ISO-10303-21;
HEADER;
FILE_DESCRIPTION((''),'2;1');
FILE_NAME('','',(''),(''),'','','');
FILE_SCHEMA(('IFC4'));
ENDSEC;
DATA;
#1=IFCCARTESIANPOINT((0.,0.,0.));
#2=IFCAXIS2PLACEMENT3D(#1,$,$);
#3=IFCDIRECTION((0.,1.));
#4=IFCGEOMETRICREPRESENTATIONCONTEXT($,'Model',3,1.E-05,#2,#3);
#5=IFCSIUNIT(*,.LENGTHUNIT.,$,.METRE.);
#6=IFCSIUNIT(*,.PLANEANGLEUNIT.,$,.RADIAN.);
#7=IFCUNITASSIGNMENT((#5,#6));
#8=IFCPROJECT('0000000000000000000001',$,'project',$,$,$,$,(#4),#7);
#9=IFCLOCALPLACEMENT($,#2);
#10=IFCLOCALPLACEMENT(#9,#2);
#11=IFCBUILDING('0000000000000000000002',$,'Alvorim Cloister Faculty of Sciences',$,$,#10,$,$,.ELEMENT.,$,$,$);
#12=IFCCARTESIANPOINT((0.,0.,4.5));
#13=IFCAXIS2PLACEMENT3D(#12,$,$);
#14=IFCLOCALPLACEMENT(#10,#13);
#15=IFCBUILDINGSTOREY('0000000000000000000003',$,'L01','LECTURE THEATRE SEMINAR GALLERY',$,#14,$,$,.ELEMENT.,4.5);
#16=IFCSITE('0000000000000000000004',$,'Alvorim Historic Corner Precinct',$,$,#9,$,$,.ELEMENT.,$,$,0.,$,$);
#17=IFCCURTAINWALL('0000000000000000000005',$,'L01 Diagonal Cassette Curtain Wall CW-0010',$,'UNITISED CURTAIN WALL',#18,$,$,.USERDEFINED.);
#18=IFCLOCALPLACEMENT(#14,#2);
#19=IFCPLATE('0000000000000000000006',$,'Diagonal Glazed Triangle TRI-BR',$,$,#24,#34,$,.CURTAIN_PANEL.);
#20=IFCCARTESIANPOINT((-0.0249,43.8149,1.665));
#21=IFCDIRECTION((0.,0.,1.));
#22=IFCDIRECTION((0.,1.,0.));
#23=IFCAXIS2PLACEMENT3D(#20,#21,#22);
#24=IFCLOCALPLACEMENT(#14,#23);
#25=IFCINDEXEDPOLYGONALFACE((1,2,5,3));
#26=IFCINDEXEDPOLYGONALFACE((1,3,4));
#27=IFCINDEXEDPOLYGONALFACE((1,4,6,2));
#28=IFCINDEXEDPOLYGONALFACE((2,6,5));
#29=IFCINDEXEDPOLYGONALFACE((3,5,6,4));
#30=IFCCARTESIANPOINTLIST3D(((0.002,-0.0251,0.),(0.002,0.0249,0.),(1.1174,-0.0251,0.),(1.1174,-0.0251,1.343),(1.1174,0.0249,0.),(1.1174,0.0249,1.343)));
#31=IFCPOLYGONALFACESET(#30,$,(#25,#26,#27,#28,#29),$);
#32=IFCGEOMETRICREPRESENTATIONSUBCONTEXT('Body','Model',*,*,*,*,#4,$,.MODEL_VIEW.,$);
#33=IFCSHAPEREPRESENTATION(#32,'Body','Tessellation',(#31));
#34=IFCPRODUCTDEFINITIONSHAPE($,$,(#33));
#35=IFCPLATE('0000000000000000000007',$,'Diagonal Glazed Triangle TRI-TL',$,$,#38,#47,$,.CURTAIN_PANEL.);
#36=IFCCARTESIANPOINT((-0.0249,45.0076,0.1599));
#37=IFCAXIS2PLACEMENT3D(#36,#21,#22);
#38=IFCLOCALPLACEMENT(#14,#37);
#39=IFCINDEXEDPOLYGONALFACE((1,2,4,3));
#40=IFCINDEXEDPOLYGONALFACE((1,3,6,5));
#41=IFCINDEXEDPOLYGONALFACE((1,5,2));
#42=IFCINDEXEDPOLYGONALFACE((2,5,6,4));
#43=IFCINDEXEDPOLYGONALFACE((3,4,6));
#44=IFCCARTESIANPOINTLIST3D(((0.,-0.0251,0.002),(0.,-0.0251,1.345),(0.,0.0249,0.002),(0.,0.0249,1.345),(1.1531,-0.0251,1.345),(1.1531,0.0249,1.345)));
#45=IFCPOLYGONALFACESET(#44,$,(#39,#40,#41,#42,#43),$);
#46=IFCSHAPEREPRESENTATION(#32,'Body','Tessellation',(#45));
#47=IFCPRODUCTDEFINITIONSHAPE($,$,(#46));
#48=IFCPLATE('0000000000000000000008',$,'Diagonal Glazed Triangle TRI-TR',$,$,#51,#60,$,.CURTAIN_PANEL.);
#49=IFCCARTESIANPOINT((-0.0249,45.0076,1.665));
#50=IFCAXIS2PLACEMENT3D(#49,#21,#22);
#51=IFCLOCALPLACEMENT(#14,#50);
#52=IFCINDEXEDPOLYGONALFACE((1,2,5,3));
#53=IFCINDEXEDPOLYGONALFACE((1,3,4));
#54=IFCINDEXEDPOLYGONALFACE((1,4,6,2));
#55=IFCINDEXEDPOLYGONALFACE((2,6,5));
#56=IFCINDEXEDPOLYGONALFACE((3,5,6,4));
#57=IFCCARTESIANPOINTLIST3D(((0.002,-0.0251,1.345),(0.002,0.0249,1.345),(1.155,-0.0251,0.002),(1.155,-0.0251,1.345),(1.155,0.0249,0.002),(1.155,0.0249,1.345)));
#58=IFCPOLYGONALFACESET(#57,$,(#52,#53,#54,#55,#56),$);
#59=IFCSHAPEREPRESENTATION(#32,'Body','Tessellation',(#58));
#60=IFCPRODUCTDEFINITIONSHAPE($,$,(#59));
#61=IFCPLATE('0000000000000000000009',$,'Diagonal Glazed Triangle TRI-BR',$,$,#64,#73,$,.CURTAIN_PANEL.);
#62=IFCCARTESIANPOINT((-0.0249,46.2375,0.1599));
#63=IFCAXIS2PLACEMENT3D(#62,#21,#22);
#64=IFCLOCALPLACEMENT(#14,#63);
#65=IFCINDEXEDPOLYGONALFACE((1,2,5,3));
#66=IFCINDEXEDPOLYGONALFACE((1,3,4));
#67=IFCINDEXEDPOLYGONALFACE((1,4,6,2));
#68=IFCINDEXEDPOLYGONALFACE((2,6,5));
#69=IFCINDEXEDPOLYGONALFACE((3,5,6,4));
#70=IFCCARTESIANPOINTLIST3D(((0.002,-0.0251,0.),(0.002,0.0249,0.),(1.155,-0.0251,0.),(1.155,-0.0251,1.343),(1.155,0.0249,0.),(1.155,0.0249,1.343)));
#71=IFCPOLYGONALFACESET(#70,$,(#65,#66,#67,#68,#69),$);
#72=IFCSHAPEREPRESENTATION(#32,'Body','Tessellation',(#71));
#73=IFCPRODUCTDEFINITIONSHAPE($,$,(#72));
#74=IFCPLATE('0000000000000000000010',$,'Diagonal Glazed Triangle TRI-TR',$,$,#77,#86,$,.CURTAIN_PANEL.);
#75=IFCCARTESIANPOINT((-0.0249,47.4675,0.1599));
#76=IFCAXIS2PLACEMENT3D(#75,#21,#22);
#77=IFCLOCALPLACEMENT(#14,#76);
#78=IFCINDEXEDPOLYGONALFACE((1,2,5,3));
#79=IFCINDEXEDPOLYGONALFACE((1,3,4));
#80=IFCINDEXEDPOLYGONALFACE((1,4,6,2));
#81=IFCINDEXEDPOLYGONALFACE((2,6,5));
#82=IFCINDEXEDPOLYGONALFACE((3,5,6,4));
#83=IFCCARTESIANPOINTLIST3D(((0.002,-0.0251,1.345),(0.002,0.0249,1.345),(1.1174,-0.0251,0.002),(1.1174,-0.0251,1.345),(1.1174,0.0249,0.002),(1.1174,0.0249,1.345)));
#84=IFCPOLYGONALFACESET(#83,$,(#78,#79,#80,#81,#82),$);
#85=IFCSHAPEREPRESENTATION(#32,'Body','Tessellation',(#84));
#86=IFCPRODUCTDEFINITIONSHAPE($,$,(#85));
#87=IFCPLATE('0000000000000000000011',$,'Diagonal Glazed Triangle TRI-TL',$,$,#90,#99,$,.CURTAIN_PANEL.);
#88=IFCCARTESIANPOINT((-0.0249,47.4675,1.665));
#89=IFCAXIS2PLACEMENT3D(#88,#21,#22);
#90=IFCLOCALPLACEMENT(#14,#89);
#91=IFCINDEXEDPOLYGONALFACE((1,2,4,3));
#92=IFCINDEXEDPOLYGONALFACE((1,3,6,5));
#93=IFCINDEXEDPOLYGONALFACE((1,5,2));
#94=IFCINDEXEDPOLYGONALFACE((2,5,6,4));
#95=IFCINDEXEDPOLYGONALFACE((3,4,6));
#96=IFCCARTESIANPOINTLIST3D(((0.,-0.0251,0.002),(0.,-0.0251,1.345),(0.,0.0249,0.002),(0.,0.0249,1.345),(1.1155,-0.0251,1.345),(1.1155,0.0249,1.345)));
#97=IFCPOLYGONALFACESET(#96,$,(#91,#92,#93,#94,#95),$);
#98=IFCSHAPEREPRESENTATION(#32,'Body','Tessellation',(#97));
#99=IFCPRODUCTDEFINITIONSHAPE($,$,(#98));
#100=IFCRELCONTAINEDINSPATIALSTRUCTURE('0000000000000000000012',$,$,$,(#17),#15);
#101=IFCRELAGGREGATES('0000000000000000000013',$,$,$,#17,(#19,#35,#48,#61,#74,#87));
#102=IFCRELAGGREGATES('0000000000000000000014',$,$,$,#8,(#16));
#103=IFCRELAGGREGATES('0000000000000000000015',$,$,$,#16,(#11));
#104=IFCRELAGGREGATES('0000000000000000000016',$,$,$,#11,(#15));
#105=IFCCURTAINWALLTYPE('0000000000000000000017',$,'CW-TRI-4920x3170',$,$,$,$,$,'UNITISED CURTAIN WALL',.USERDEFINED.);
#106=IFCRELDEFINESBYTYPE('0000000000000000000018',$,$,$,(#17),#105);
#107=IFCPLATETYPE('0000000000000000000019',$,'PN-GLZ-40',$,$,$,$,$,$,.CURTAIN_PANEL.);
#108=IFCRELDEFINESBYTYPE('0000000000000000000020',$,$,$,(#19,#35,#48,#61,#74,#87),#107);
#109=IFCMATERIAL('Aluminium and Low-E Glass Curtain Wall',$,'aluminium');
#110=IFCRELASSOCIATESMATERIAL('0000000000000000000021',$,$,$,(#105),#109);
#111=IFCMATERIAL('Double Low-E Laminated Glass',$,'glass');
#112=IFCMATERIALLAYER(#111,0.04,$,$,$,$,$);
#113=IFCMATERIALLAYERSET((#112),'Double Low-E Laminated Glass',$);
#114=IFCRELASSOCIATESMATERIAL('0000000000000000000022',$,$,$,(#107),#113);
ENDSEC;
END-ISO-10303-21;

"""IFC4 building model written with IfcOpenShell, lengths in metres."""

from ifc_helpers import new_model, si_unit, direction, frame, origin, place, context, subcontext, project, spatial, polyline, outline, extrude, material, layer, layer_set, type_object, element, aggregate, save


model = new_model("IFC4")

# Units and contexts
model_context = context("Model", 3, precision=1e-05, world=origin(), true_north=direction((0.0, 1.0)))
body_context = subcontext(model_context, "Body", "Model", "MODEL_VIEW")
ifc_project = project(units=[si_unit("LENGTHUNIT", "METRE"), si_unit("PLANEANGLEUNIT", "RADIAN")], contexts=[model_context])

# Site, building, storey
site_placement = place(None, origin())
site = spatial("IfcSite", under=ifc_project, at=site_placement, Name="Alvorim Historic Corner Precinct", CompositionType="ELEMENT", RefElevation=0.0)
building_placement = place(site_placement, origin())
building = spatial("IfcBuilding", under=site, at=building_placement, Name="Alvorim Cloister Faculty of Sciences", CompositionType="ELEMENT")
storey_placement = place(building_placement, frame((0.0, 0.0, 4.5)))
storey = spatial("IfcBuildingStorey", under=building, at=storey_placement, Name="L01", Description="LECTURE THEATRE SEMINAR GALLERY", CompositionType="ELEMENT", Elevation=4.5)

# Curtain wall, plates
ifc_material_1 = material(Name="Aluminium and Low-E Glass Curtain Wall", Category="aluminium")
curtain_wall_type = type_object("IfcCurtainWallType", Name="CW-TRI-4920x3170", ElementType="UNITISED CURTAIN WALL", PredefinedType="USERDEFINED", material=ifc_material_1)
curtain_wall_placement = place(storey_placement, origin())
curtain_wall = element("IfcCurtainWall", 1, at=curtain_wall_placement, inside=storey, type_object=curtain_wall_type, Name="L01 Diagonal Cassette Curtain Wall CW-0010", ObjectType="UNITISED CURTAIN WALL", PredefinedType="USERDEFINED")
ifc_material_2 = material(Name="Double Low-E Laminated Glass", Category="glass")
ifc_layer_1 = layer(ifc_material_2, 0.04)
ifc_layer_set_1 = layer_set([ifc_layer_1], Name="Double Low-E Laminated Glass")
plate_type = type_object("IfcPlateType", Name="PN-GLZ-40", PredefinedType="CURTAIN_PANEL", material=ifc_layer_set_1)
plate_1_placement = place(storey_placement, frame((-0.0249, 43.8149, 1.665), z_axis=(0.0, 0.0, 1.0), x_axis=(0.0, 1.0, 0.0)))
plate_1 = element("IfcPlate", 2, at=plate_1_placement, type_object=plate_type, Name="Diagonal Glazed Triangle TRI-BR", PredefinedType="CURTAIN_PANEL", context=body_context, shape_type="SweptSolid", body=[
    extrude(outline(polyline([(0.002, 0.0), (1.1174, 0.0), (1.1174, 1.343), (0.002, 0.0)])), frame((0.0, 0.0249, 0.0), z_axis=(0.0, -1.0, 0.0), x_axis=(1.0, 0.0, 0.0)), (0.0, 0.0, 1.0), 0.05),
])
plate_2_placement = place(storey_placement, frame((-0.0249, 45.0076, 0.1599), z_axis=(0.0, 0.0, 1.0), x_axis=(0.0, 1.0, 0.0)))
plate_2 = element("IfcPlate", 3, at=plate_2_placement, type_object=plate_type, Name="Diagonal Glazed Triangle TRI-TL", PredefinedType="CURTAIN_PANEL", context=body_context, shape_type="SweptSolid", body=[
    extrude(outline(polyline([(1.1531, 1.345), (0.0, 1.345), (0.0, 0.002), (1.1531, 1.345)])), frame((0.0, 0.0249, 0.0), z_axis=(0.0, -1.0, 0.0), x_axis=(1.0, 0.0, 0.0)), (0.0, 0.0, 1.0), 0.05),
])
plate_3_placement = place(storey_placement, frame((-0.0249, 45.0076, 1.665), z_axis=(0.0, 0.0, 1.0), x_axis=(0.0, 1.0, 0.0)))
plate_3 = element("IfcPlate", 4, at=plate_3_placement, type_object=plate_type, Name="Diagonal Glazed Triangle TRI-TR", PredefinedType="CURTAIN_PANEL", context=body_context, shape_type="SweptSolid", body=[
    extrude(outline(polyline([(1.155, 0.002), (1.155, 1.345), (0.002, 1.345), (1.155, 0.002)])), frame((0.0, 0.0249, 0.0), z_axis=(0.0, -1.0, 0.0), x_axis=(1.0, 0.0, 0.0)), (0.0, 0.0, 1.0), 0.05),
])
plate_4_placement = place(storey_placement, frame((-0.0249, 46.2375, 0.1599), z_axis=(0.0, 0.0, 1.0), x_axis=(0.0, 1.0, 0.0)))
plate_4 = element("IfcPlate", 5, at=plate_4_placement, type_object=plate_type, Name="Diagonal Glazed Triangle TRI-BR", PredefinedType="CURTAIN_PANEL", context=body_context, shape_type="SweptSolid", body=[
    extrude(outline(polyline([(0.002, 0.0), (1.155, 0.0), (1.155, 1.343), (0.002, 0.0)])), frame((0.0, 0.0249, 0.0), z_axis=(0.0, -1.0, 0.0), x_axis=(1.0, 0.0, 0.0)), (0.0, 0.0, 1.0), 0.05),
])
plate_5_placement = place(storey_placement, frame((-0.0249, 47.4675, 0.1599), z_axis=(0.0, 0.0, 1.0), x_axis=(0.0, 1.0, 0.0)))
plate_5 = element("IfcPlate", 6, at=plate_5_placement, type_object=plate_type, Name="Diagonal Glazed Triangle TRI-TR", PredefinedType="CURTAIN_PANEL", context=body_context, shape_type="SweptSolid", body=[
    extrude(outline(polyline([(1.1174, 0.002), (1.1174, 1.345), (0.002, 1.345), (1.1174, 0.002)])), frame((0.0, 0.0249, 0.0), z_axis=(0.0, -1.0, 0.0), x_axis=(1.0, 0.0, 0.0)), (0.0, 0.0, 1.0), 0.05),
])
plate_6_placement = place(storey_placement, frame((-0.0249, 47.4675, 1.665), z_axis=(0.0, 0.0, 1.0), x_axis=(0.0, 1.0, 0.0)))
plate_6 = element("IfcPlate", 7, at=plate_6_placement, type_object=plate_type, Name="Diagonal Glazed Triangle TRI-TL", PredefinedType="CURTAIN_PANEL", context=body_context, shape_type="SweptSolid", body=[
    extrude(outline(polyline([(1.1155, 1.345), (0.0, 1.345), (0.0, 0.002), (1.1155, 1.345)])), frame((0.0, 0.0249, 0.0), z_axis=(0.0, -1.0, 0.0), x_axis=(1.0, 0.0, 0.0)), (0.0, 0.0, 1.0), 0.05),
])
aggregate(curtain_wall, [plate_1, plate_2, plate_3, plate_4, plate_5, plate_6])

save(model, "model.ifc")
